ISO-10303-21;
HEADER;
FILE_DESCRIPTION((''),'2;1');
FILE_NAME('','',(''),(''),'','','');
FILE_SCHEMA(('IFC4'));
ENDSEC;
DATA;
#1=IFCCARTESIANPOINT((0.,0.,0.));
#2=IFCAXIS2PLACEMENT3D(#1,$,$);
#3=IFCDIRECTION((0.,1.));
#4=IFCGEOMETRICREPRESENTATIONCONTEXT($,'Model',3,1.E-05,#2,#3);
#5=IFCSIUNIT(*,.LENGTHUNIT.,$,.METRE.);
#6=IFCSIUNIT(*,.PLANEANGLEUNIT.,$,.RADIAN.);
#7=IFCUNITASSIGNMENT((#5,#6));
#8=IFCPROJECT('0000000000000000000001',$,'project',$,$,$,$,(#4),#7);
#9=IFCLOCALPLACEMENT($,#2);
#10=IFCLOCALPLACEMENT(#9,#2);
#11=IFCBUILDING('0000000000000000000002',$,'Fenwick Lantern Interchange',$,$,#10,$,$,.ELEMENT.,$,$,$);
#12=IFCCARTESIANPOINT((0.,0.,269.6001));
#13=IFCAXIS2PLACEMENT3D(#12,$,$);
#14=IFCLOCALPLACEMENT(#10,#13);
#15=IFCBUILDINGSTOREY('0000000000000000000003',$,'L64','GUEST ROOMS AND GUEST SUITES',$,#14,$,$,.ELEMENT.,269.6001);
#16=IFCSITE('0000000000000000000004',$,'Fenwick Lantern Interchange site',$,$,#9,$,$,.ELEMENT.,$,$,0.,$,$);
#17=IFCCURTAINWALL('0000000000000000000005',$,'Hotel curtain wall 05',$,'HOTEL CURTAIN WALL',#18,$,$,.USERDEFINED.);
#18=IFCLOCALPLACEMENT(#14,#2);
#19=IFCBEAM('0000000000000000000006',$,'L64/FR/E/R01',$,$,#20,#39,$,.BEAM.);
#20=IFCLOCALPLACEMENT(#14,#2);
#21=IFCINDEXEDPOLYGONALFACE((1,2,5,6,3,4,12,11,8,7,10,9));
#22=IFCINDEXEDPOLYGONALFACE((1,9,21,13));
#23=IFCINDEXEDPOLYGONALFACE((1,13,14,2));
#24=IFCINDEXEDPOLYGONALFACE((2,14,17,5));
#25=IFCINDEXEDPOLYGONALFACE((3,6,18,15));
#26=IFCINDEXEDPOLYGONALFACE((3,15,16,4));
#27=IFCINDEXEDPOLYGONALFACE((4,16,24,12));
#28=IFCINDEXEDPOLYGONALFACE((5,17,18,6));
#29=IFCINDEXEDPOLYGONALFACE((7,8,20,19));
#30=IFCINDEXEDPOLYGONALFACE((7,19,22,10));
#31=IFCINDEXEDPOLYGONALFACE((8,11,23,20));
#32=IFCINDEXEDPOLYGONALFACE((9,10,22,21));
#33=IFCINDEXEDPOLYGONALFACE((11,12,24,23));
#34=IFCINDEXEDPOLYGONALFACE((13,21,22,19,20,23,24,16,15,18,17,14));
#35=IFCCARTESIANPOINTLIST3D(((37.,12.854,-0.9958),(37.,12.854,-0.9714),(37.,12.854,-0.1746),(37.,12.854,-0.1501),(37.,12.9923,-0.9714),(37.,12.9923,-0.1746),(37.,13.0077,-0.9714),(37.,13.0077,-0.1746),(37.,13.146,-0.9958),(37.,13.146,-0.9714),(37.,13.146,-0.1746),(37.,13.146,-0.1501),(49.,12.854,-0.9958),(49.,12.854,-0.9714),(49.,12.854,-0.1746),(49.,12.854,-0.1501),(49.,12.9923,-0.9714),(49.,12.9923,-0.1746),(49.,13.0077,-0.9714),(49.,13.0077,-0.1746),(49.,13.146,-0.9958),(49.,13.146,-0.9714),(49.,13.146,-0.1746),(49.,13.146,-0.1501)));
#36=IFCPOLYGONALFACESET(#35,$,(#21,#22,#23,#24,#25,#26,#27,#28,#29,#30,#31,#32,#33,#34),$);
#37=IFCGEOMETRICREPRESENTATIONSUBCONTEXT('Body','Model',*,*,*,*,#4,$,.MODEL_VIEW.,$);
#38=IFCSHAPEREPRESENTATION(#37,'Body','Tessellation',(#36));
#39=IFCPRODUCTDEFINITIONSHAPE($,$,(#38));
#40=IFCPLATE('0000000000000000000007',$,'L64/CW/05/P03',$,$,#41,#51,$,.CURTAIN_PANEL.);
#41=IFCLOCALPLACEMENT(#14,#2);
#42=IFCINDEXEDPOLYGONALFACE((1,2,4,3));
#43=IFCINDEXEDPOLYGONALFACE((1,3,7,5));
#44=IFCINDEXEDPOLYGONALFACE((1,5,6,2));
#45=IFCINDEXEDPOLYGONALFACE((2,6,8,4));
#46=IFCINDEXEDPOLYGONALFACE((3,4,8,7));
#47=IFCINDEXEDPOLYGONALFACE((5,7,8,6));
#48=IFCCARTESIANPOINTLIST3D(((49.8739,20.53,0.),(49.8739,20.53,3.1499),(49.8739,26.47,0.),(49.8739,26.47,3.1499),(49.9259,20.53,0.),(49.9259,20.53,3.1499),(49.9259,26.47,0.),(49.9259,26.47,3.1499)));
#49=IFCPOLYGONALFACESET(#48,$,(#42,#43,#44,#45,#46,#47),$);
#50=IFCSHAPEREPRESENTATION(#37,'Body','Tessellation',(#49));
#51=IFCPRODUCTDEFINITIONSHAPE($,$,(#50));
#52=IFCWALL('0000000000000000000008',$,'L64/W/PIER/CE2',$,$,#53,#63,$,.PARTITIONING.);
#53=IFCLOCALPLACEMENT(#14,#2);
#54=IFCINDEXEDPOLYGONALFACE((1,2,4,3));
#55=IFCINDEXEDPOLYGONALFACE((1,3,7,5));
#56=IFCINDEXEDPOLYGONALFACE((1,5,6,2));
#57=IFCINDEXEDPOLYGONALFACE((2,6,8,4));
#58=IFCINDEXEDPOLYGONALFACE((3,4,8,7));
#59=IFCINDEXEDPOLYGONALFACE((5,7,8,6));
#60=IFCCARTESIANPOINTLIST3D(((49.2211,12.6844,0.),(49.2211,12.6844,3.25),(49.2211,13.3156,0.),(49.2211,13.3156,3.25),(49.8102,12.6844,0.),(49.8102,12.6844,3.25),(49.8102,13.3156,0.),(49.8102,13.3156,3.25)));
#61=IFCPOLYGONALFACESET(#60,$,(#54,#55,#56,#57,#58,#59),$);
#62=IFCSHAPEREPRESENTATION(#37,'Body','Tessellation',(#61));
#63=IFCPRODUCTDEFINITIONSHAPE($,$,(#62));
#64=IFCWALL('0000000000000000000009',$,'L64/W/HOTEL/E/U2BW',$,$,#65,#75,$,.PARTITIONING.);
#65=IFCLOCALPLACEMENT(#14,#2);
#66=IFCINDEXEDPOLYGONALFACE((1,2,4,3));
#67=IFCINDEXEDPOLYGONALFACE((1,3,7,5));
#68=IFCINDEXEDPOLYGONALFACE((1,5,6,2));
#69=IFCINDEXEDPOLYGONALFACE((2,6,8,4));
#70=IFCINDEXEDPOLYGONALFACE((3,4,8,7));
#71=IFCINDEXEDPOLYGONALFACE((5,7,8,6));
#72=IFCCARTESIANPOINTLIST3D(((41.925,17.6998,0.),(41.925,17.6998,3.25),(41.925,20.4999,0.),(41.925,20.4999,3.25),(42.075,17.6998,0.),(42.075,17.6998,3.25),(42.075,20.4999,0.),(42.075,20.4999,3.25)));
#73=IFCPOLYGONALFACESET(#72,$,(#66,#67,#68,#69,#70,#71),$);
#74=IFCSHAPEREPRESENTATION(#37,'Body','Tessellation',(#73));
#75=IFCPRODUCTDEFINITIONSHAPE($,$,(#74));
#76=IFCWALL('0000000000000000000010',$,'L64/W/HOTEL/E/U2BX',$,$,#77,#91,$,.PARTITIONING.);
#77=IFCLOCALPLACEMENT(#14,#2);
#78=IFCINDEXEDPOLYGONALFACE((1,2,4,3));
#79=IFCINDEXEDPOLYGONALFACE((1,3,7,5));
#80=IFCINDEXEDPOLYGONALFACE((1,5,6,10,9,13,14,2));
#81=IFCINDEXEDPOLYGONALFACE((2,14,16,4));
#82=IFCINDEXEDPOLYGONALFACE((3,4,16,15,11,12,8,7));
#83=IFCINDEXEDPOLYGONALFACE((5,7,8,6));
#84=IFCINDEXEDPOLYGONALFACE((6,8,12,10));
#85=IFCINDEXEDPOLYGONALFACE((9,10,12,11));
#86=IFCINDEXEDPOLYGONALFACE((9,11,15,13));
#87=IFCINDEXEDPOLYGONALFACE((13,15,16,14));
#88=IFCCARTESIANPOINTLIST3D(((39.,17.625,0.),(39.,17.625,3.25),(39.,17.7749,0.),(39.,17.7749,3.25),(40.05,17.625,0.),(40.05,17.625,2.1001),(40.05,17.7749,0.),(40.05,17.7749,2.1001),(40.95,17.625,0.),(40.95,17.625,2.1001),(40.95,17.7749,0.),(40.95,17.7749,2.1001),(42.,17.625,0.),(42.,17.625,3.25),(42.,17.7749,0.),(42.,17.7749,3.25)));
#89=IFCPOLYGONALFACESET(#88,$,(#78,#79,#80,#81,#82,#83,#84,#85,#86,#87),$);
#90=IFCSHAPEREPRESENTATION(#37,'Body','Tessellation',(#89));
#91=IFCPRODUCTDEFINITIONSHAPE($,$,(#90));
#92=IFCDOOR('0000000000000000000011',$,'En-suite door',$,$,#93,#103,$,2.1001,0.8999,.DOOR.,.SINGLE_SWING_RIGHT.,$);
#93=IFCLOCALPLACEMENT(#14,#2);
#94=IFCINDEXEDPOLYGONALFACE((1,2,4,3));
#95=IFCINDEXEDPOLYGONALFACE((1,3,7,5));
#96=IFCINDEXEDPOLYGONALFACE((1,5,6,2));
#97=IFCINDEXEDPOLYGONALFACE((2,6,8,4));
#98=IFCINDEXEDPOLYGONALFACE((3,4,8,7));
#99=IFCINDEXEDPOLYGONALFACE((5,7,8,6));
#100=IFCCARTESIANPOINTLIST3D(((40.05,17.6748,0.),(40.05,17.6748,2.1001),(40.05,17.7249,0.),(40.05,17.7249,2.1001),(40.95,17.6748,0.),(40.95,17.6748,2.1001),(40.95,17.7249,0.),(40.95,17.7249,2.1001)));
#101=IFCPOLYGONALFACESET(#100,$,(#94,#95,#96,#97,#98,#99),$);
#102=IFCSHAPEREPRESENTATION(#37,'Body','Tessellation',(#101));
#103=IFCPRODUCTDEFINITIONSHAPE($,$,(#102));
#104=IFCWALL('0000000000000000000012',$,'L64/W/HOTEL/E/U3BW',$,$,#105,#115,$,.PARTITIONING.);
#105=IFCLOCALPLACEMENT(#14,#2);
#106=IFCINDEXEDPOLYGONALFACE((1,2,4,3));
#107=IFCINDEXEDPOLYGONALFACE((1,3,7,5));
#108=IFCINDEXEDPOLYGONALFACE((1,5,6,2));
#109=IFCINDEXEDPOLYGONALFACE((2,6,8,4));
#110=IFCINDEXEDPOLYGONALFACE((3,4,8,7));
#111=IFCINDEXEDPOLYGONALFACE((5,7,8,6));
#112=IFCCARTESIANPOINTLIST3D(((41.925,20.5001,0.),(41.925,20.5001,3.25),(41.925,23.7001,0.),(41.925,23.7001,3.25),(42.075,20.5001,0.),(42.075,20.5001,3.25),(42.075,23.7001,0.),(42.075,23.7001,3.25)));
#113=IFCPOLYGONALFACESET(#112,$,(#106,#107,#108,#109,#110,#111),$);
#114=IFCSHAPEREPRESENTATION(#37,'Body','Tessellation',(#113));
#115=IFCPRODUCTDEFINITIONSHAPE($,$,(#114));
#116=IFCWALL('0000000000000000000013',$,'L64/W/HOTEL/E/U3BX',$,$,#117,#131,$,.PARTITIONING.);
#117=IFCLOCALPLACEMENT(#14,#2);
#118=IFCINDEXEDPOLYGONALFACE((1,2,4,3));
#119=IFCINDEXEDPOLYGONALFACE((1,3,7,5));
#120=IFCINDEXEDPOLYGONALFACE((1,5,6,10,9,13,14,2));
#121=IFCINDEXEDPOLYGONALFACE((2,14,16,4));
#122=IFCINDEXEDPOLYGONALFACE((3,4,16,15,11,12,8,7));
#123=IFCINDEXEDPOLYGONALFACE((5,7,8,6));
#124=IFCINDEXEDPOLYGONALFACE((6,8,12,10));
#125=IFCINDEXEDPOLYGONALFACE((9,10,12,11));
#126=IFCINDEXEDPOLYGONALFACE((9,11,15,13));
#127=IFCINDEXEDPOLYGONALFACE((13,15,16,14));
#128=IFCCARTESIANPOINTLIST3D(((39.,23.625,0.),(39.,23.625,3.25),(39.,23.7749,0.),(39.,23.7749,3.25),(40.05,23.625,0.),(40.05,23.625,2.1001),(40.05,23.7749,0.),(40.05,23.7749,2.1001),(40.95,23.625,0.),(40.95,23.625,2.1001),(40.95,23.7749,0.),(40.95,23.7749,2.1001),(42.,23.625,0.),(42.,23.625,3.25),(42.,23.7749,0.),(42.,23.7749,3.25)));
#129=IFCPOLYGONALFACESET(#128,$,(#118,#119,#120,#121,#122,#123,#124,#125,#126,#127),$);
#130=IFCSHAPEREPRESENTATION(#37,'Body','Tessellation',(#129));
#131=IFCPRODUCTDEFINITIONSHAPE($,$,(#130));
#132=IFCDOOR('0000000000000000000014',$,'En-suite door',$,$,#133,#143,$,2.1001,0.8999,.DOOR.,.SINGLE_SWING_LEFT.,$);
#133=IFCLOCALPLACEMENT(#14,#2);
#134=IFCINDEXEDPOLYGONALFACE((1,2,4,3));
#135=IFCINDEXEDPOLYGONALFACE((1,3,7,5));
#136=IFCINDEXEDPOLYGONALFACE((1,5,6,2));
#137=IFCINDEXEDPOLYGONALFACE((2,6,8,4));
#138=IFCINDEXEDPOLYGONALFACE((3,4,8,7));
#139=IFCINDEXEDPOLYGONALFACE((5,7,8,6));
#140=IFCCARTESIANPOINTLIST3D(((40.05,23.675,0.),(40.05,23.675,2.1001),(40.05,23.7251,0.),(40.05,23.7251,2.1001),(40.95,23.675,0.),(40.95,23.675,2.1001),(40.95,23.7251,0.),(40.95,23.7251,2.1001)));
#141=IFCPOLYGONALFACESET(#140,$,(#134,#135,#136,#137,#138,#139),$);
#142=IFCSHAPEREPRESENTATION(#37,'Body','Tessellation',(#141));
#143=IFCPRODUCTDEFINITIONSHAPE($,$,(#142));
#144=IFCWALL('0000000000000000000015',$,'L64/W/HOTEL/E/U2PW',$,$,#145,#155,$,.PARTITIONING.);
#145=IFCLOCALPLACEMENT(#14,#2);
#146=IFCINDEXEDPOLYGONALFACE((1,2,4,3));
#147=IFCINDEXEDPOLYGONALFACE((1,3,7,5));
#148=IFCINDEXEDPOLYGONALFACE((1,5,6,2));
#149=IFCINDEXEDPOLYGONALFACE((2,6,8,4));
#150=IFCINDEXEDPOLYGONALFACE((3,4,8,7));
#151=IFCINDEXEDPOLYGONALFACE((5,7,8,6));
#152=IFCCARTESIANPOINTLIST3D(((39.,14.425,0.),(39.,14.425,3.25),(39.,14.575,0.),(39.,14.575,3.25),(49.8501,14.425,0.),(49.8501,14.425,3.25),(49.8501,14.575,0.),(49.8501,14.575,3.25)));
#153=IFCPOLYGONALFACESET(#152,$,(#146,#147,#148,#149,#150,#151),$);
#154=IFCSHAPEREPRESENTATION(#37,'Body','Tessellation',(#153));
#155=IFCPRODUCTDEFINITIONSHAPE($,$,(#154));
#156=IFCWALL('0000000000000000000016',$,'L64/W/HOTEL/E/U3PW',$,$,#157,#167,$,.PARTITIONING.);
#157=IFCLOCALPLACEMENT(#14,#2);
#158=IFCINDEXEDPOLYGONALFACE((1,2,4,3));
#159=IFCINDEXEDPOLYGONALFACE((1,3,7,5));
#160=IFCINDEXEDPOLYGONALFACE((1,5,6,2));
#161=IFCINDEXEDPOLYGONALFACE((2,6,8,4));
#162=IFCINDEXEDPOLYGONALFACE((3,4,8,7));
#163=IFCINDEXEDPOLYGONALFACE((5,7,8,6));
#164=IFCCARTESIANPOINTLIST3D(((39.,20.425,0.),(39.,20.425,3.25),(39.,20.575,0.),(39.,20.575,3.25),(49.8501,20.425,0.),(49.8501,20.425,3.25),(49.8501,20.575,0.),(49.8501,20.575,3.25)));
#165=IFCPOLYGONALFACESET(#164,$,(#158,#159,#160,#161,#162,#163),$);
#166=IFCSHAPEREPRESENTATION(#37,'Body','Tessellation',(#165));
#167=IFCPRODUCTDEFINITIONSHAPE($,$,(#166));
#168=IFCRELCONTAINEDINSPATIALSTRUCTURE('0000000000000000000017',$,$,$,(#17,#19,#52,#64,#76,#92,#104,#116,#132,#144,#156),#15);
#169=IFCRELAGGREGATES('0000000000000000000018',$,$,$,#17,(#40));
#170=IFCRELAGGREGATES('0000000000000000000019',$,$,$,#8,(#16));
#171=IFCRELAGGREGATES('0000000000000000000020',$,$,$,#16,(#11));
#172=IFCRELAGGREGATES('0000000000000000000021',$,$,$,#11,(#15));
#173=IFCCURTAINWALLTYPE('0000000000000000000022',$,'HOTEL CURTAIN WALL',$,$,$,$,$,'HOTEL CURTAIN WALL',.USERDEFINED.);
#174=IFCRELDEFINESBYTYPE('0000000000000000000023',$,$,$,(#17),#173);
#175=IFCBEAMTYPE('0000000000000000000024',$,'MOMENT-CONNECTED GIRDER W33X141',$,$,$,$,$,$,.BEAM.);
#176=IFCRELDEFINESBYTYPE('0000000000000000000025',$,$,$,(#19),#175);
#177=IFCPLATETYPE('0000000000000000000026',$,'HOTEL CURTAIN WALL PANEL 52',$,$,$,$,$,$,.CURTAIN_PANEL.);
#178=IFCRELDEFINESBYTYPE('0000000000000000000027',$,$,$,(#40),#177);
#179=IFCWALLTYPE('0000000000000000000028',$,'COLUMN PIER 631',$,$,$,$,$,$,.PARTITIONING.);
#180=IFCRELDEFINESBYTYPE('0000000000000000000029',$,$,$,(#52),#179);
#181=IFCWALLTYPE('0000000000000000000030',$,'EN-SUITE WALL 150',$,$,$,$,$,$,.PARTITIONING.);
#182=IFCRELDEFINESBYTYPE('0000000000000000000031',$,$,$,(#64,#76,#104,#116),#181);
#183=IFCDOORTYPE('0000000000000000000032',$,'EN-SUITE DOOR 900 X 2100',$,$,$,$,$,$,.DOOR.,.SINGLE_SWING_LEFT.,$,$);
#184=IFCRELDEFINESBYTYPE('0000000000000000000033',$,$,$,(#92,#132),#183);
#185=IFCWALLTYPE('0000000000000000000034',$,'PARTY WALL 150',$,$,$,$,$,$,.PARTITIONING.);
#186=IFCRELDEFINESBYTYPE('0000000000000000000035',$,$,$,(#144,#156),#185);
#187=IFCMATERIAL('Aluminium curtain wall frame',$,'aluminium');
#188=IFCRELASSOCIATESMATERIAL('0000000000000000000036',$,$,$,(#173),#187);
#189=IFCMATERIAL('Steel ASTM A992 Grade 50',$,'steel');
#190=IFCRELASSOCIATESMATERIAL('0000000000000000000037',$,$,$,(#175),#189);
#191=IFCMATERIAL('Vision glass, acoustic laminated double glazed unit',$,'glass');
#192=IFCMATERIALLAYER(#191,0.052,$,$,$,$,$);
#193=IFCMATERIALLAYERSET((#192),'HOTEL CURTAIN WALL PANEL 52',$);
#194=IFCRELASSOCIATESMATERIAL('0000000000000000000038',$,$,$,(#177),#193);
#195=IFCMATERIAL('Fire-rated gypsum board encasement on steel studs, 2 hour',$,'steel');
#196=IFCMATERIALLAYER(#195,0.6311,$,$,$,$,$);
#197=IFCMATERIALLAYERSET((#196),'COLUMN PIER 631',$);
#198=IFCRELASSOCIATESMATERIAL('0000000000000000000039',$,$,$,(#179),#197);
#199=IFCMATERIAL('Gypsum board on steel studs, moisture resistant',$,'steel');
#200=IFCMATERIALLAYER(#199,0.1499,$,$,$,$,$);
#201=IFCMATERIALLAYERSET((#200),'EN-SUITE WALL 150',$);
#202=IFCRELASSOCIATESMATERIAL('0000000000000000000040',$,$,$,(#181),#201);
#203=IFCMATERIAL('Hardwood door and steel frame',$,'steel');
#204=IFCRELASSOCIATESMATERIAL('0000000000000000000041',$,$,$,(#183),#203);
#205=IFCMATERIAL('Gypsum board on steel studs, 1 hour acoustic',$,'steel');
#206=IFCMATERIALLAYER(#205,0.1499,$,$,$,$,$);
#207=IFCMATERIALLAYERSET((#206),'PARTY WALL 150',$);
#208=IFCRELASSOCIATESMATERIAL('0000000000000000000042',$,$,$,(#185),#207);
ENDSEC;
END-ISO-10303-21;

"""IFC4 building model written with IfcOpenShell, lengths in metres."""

from ifc_helpers import new_model, si_unit, direction, frame, frame_2d, origin, origin_2d, place, context, subcontext, project, spatial, rectangle, i_section, extrude, material, layer, layer_set, material_profile, profile_set, type_object, element, fill, aggregate, save


model = new_model("IFC4")

# Units and contexts
model_context = context("Model", 3, precision=1e-05, world=origin(), true_north=direction((0.0, 1.0)))
body_context = subcontext(model_context, "Body", "Model", "MODEL_VIEW")
ifc_project = project(units=[si_unit("LENGTHUNIT", "METRE"), si_unit("PLANEANGLEUNIT", "RADIAN")], contexts=[model_context])

# Site, building, storey
site_placement = place(None, origin())
site = spatial("IfcSite", under=ifc_project, at=site_placement, Name="Fenwick Lantern Interchange site", CompositionType="ELEMENT", RefElevation=0.0)
building_placement = place(site_placement, origin())
building = spatial("IfcBuilding", under=site, at=building_placement, Name="Fenwick Lantern Interchange", CompositionType="ELEMENT")
storey_placement = place(building_placement, frame((0.0, 0.0, 269.6001)))
storey = spatial("IfcBuildingStorey", under=building, at=storey_placement, Name="L64", Description="GUEST ROOMS AND GUEST SUITES", CompositionType="ELEMENT", Elevation=269.6001)

# Shared definitions
ifc_material_1 = material(Name="Steel ASTM A992 Grade 50", Category="steel")

# Curtain wall
ifc_material_2 = material(Name="Aluminium curtain wall frame", Category="aluminium")
curtain_wall_type = type_object("IfcCurtainWallType", Name="HOTEL CURTAIN WALL", ElementType="HOTEL CURTAIN WALL", PredefinedType="USERDEFINED", material=ifc_material_2)
curtain_wall_placement = place(storey_placement, origin())
curtain_wall = element("IfcCurtainWall", 1, at=curtain_wall_placement, inside=storey, type_object=curtain_wall_type, Name="Hotel curtain wall 05", ObjectType="HOTEL CURTAIN WALL", PredefinedType="USERDEFINED")

# Beam
ifc_material_profile_1 = material_profile(ifc_material_1, i_section(OverallWidth=0.292, OverallDepth=0.8457, WebThickness=0.0154, FlangeThickness=0.0244, at=origin_2d()), Name="W33X141")
ifc_profile_set_1 = profile_set([ifc_material_profile_1], Name="Steel ASTM A992 Grade 50")
beam_type_1 = type_object("IfcBeamType", Name="MOMENT-CONNECTED GIRDER W33X141", PredefinedType="BEAM", material=ifc_profile_set_1)
beam_1_placement = place(storey_placement, frame((49.0, 13.0, -0.573), z_axis=(-1.0, 0.0, 0.0), x_axis=(0.0, -1.0, 0.0)))
element("IfcBeam", 2, at=beam_1_placement, inside=storey, type_object=beam_type_1, Name="L64/FR/E/R01", PredefinedType="BEAM", context=body_context, shape_type="SweptSolid", body=[
    extrude(i_section(OverallWidth=0.292, OverallDepth=0.8457, WebThickness=0.0154, FlangeThickness=0.0244, at=origin_2d()), origin(), (0.0, 0.0, 1.0), 12.0),
])

# Plate
ifc_material_3 = material(Name="Vision glass, acoustic laminated double glazed unit", Category="glass")
ifc_layer_1 = layer(ifc_material_3, 0.052)
ifc_layer_set_1 = layer_set([ifc_layer_1], Name="HOTEL CURTAIN WALL PANEL 52")
plate_type = type_object("IfcPlateType", Name="HOTEL CURTAIN WALL PANEL 52", PredefinedType="CURTAIN_PANEL", material=ifc_layer_set_1)
plate_placement = place(storey_placement, frame((49.8999, 23.5, 0.0), z_axis=(0.0, 0.0, 1.0), x_axis=(0.0, 1.0, 0.0)))
plate = element("IfcPlate", 3, at=plate_placement, type_object=plate_type, Name="L64/CW/05/P03", PredefinedType="CURTAIN_PANEL", context=body_context, shape_type="SweptSolid", body=[
    extrude(rectangle(XDim=5.9399, YDim=0.052, at=origin_2d()), origin(), (0.0, 0.0, 1.0), 3.1499),
])
aggregate(curtain_wall, [plate])

# Walls
ifc_material_4 = material(Name="Fire-rated gypsum board encasement on steel studs, 2 hour", Category="steel")
ifc_layer_2 = layer(ifc_material_4, 0.6311)
ifc_layer_set_2 = layer_set([ifc_layer_2], Name="COLUMN PIER 631")
wall_type_1 = type_object("IfcWallType", Name="COLUMN PIER 631", PredefinedType="PARTITIONING", material=ifc_layer_set_2)
wall_1_placement = place(storey_placement, frame((49.8101, 13.0, 0.0), z_axis=(0.0, 0.0, 1.0), x_axis=(-1.0, 0.0, 0.0)))
element("IfcWall", 4, at=wall_1_placement, inside=storey, type_object=wall_type_1, Name="L64/W/PIER/CE2", PredefinedType="PARTITIONING", context=body_context, shape_type="SweptSolid", body=[
    extrude(rectangle(XDim=0.5891, YDim=0.6311, at=frame_2d((0.2944, 0.0))), origin(), (0.0, 0.0, 1.0), 3.25),
])
ifc_material_5 = material(Name="Gypsum board on steel studs, moisture resistant", Category="steel")
ifc_layer_3 = layer(ifc_material_5, 0.1499)
ifc_layer_set_3 = layer_set([ifc_layer_3], Name="EN-SUITE WALL 150")
wall_type_2 = type_object("IfcWallType", Name="EN-SUITE WALL 150", PredefinedType="PARTITIONING", material=ifc_layer_set_3)
wall_2_placement = place(storey_placement, frame((42.0, 17.7, 0.0), z_axis=(0.0, 0.0, 1.0), x_axis=(0.0, 1.0, 0.0)))
element("IfcWall", 5, at=wall_2_placement, inside=storey, type_object=wall_type_2, Name="L64/W/HOTEL/E/U2BW", PredefinedType="PARTITIONING", context=body_context, shape_type="SweptSolid", body=[
    extrude(rectangle(XDim=2.8, YDim=0.1499, at=frame_2d((1.3999, 0.0))), origin(), (0.0, 0.0, 1.0), 3.25),
])

# Wall, opening, door
wall_3_placement = place(storey_placement, frame((42.0, 17.7, 0.0), z_axis=(0.0, 0.0, 1.0), x_axis=(-1.0, 0.0, 0.0)))
wall_3 = element("IfcWall", 6, at=wall_3_placement, inside=storey, type_object=wall_type_2, Name="L64/W/HOTEL/E/U2BX", PredefinedType="PARTITIONING", context=body_context, shape_type="SweptSolid", body=[
    extrude(rectangle(XDim=3.0, YDim=0.1499, at=frame_2d((1.5, 0.0))), origin(), (0.0, 0.0, 1.0), 3.25),
])
opening_1_placement = place(wall_3_placement, frame((1.05, 0.0, 0.0)))
opening_1 = element("IfcOpeningElement", 7, at=opening_1_placement, cuts=wall_3, PredefinedType="OPENING", context=body_context, shape_type="SweptSolid", body=[
    extrude(rectangle(XDim=0.8999, YDim=2.1001, at=frame_2d((0.45, 1.05))), frame((0.0, 0.085, 0.0), z_axis=(0.0, -1.0, 0.0), x_axis=(1.0, 0.0, 0.0)), (0.0, 0.0, 1.0), 0.1699),
])
ifc_material_6 = material(Name="Hardwood door and steel frame", Category="steel")
door_type = type_object("IfcDoorType", Name="EN-SUITE DOOR 900 X 2100", OperationType="SINGLE_SWING_LEFT", PredefinedType="DOOR", material=ifc_material_6)
door_1_placement = place(opening_1_placement, frame((0.8999, 0.0, 0.0), z_axis=(0.0, 0.0, 1.0), x_axis=(-1.0, 0.0, 0.0)))
door_1 = element("IfcDoor", 8, at=door_1_placement, inside=storey, type_object=door_type, Name="En-suite door", OperationType="SINGLE_SWING_RIGHT", OverallHeight=2.1001, OverallWidth=0.8999, PredefinedType="DOOR", context=body_context, shape_type="SweptSolid", body=[
    extrude(rectangle(XDim=0.8999, YDim=2.1001, at=frame_2d((0.45, 1.05))), frame((0.0, 0.0249, 0.0), z_axis=(0.0, -1.0, 0.0), x_axis=(1.0, 0.0, 0.0)), (0.0, 0.0, 1.0), 0.05),
])
fill(opening_1, door_1)

# Wall
wall_4_placement = place(storey_placement, frame((42.0, 20.5, 0.0), z_axis=(0.0, 0.0, 1.0), x_axis=(0.0, 1.0, 0.0)))
element("IfcWall", 9, at=wall_4_placement, inside=storey, type_object=wall_type_2, Name="L64/W/HOTEL/E/U3BW", PredefinedType="PARTITIONING", context=body_context, shape_type="SweptSolid", body=[
    extrude(rectangle(XDim=3.2, YDim=0.1499, at=frame_2d((1.6001, 0.0))), origin(), (0.0, 0.0, 1.0), 3.25),
])

# Wall, opening, door
wall_5_placement = place(storey_placement, frame((42.0, 23.7, 0.0), z_axis=(0.0, 0.0, 1.0), x_axis=(-1.0, 0.0, 0.0)))
wall_5 = element("IfcWall", 10, at=wall_5_placement, inside=storey, type_object=wall_type_2, Name="L64/W/HOTEL/E/U3BX", PredefinedType="PARTITIONING", context=body_context, shape_type="SweptSolid", body=[
    extrude(rectangle(XDim=3.0, YDim=0.1499, at=frame_2d((1.5, 0.0))), origin(), (0.0, 0.0, 1.0), 3.25),
])
opening_2_placement = place(wall_5_placement, frame((1.05, 0.0, 0.0)))
opening_2 = element("IfcOpeningElement", 11, at=opening_2_placement, cuts=wall_5, PredefinedType="OPENING", context=body_context, shape_type="SweptSolid", body=[
    extrude(rectangle(XDim=0.8999, YDim=2.1001, at=frame_2d((0.45, 1.05))), frame((0.0, 0.085, 0.0), z_axis=(0.0, -1.0, 0.0), x_axis=(1.0, 0.0, 0.0)), (0.0, 0.0, 1.0), 0.1699),
])
door_2_placement = place(opening_2_placement, origin())
door_2 = element("IfcDoor", 12, at=door_2_placement, inside=storey, type_object=door_type, Name="En-suite door", OperationType="SINGLE_SWING_LEFT", OverallHeight=2.1001, OverallWidth=0.8999, PredefinedType="DOOR", context=body_context, shape_type="SweptSolid", body=[
    extrude(rectangle(XDim=0.8999, YDim=2.1001, at=frame_2d((0.45, 1.05))), frame((0.0, 0.0249, 0.0), z_axis=(0.0, -1.0, 0.0), x_axis=(1.0, 0.0, 0.0)), (0.0, 0.0, 1.0), 0.05),
])
fill(opening_2, door_2)

# Walls
ifc_material_7 = material(Name="Gypsum board on steel studs, 1 hour acoustic", Category="steel")
ifc_layer_4 = layer(ifc_material_7, 0.1499)
ifc_layer_set_4 = layer_set([ifc_layer_4], Name="PARTY WALL 150")
wall_type_3 = type_object("IfcWallType", Name="PARTY WALL 150", PredefinedType="PARTITIONING", material=ifc_layer_set_4)
for number, where, z_axis, x_axis, name in (
    (13, (49.8501, 14.5, 0.0), (0.0, 0.0, 1.0), (-1.0, 0.0, 0.0), "L64/W/HOTEL/E/U2PW"),
    (14, (49.8501, 20.5, 0.0), (0.0, 0.0, 1.0), (-1.0, 0.0, 0.0), "L64/W/HOTEL/E/U3PW"),
):
    element("IfcWall", number, at=place(storey_placement, frame(where, z_axis=z_axis, x_axis=x_axis)), inside=storey, type_object=wall_type_3, Name=name, PredefinedType="PARTITIONING", context=body_context, shape_type="SweptSolid", body=[
        extrude(rectangle(XDim=10.8501, YDim=0.1499, at=frame_2d((5.425, 0.0))), origin(), (0.0, 0.0, 1.0), 3.25),
    ])

save(model, "model.ifc")
